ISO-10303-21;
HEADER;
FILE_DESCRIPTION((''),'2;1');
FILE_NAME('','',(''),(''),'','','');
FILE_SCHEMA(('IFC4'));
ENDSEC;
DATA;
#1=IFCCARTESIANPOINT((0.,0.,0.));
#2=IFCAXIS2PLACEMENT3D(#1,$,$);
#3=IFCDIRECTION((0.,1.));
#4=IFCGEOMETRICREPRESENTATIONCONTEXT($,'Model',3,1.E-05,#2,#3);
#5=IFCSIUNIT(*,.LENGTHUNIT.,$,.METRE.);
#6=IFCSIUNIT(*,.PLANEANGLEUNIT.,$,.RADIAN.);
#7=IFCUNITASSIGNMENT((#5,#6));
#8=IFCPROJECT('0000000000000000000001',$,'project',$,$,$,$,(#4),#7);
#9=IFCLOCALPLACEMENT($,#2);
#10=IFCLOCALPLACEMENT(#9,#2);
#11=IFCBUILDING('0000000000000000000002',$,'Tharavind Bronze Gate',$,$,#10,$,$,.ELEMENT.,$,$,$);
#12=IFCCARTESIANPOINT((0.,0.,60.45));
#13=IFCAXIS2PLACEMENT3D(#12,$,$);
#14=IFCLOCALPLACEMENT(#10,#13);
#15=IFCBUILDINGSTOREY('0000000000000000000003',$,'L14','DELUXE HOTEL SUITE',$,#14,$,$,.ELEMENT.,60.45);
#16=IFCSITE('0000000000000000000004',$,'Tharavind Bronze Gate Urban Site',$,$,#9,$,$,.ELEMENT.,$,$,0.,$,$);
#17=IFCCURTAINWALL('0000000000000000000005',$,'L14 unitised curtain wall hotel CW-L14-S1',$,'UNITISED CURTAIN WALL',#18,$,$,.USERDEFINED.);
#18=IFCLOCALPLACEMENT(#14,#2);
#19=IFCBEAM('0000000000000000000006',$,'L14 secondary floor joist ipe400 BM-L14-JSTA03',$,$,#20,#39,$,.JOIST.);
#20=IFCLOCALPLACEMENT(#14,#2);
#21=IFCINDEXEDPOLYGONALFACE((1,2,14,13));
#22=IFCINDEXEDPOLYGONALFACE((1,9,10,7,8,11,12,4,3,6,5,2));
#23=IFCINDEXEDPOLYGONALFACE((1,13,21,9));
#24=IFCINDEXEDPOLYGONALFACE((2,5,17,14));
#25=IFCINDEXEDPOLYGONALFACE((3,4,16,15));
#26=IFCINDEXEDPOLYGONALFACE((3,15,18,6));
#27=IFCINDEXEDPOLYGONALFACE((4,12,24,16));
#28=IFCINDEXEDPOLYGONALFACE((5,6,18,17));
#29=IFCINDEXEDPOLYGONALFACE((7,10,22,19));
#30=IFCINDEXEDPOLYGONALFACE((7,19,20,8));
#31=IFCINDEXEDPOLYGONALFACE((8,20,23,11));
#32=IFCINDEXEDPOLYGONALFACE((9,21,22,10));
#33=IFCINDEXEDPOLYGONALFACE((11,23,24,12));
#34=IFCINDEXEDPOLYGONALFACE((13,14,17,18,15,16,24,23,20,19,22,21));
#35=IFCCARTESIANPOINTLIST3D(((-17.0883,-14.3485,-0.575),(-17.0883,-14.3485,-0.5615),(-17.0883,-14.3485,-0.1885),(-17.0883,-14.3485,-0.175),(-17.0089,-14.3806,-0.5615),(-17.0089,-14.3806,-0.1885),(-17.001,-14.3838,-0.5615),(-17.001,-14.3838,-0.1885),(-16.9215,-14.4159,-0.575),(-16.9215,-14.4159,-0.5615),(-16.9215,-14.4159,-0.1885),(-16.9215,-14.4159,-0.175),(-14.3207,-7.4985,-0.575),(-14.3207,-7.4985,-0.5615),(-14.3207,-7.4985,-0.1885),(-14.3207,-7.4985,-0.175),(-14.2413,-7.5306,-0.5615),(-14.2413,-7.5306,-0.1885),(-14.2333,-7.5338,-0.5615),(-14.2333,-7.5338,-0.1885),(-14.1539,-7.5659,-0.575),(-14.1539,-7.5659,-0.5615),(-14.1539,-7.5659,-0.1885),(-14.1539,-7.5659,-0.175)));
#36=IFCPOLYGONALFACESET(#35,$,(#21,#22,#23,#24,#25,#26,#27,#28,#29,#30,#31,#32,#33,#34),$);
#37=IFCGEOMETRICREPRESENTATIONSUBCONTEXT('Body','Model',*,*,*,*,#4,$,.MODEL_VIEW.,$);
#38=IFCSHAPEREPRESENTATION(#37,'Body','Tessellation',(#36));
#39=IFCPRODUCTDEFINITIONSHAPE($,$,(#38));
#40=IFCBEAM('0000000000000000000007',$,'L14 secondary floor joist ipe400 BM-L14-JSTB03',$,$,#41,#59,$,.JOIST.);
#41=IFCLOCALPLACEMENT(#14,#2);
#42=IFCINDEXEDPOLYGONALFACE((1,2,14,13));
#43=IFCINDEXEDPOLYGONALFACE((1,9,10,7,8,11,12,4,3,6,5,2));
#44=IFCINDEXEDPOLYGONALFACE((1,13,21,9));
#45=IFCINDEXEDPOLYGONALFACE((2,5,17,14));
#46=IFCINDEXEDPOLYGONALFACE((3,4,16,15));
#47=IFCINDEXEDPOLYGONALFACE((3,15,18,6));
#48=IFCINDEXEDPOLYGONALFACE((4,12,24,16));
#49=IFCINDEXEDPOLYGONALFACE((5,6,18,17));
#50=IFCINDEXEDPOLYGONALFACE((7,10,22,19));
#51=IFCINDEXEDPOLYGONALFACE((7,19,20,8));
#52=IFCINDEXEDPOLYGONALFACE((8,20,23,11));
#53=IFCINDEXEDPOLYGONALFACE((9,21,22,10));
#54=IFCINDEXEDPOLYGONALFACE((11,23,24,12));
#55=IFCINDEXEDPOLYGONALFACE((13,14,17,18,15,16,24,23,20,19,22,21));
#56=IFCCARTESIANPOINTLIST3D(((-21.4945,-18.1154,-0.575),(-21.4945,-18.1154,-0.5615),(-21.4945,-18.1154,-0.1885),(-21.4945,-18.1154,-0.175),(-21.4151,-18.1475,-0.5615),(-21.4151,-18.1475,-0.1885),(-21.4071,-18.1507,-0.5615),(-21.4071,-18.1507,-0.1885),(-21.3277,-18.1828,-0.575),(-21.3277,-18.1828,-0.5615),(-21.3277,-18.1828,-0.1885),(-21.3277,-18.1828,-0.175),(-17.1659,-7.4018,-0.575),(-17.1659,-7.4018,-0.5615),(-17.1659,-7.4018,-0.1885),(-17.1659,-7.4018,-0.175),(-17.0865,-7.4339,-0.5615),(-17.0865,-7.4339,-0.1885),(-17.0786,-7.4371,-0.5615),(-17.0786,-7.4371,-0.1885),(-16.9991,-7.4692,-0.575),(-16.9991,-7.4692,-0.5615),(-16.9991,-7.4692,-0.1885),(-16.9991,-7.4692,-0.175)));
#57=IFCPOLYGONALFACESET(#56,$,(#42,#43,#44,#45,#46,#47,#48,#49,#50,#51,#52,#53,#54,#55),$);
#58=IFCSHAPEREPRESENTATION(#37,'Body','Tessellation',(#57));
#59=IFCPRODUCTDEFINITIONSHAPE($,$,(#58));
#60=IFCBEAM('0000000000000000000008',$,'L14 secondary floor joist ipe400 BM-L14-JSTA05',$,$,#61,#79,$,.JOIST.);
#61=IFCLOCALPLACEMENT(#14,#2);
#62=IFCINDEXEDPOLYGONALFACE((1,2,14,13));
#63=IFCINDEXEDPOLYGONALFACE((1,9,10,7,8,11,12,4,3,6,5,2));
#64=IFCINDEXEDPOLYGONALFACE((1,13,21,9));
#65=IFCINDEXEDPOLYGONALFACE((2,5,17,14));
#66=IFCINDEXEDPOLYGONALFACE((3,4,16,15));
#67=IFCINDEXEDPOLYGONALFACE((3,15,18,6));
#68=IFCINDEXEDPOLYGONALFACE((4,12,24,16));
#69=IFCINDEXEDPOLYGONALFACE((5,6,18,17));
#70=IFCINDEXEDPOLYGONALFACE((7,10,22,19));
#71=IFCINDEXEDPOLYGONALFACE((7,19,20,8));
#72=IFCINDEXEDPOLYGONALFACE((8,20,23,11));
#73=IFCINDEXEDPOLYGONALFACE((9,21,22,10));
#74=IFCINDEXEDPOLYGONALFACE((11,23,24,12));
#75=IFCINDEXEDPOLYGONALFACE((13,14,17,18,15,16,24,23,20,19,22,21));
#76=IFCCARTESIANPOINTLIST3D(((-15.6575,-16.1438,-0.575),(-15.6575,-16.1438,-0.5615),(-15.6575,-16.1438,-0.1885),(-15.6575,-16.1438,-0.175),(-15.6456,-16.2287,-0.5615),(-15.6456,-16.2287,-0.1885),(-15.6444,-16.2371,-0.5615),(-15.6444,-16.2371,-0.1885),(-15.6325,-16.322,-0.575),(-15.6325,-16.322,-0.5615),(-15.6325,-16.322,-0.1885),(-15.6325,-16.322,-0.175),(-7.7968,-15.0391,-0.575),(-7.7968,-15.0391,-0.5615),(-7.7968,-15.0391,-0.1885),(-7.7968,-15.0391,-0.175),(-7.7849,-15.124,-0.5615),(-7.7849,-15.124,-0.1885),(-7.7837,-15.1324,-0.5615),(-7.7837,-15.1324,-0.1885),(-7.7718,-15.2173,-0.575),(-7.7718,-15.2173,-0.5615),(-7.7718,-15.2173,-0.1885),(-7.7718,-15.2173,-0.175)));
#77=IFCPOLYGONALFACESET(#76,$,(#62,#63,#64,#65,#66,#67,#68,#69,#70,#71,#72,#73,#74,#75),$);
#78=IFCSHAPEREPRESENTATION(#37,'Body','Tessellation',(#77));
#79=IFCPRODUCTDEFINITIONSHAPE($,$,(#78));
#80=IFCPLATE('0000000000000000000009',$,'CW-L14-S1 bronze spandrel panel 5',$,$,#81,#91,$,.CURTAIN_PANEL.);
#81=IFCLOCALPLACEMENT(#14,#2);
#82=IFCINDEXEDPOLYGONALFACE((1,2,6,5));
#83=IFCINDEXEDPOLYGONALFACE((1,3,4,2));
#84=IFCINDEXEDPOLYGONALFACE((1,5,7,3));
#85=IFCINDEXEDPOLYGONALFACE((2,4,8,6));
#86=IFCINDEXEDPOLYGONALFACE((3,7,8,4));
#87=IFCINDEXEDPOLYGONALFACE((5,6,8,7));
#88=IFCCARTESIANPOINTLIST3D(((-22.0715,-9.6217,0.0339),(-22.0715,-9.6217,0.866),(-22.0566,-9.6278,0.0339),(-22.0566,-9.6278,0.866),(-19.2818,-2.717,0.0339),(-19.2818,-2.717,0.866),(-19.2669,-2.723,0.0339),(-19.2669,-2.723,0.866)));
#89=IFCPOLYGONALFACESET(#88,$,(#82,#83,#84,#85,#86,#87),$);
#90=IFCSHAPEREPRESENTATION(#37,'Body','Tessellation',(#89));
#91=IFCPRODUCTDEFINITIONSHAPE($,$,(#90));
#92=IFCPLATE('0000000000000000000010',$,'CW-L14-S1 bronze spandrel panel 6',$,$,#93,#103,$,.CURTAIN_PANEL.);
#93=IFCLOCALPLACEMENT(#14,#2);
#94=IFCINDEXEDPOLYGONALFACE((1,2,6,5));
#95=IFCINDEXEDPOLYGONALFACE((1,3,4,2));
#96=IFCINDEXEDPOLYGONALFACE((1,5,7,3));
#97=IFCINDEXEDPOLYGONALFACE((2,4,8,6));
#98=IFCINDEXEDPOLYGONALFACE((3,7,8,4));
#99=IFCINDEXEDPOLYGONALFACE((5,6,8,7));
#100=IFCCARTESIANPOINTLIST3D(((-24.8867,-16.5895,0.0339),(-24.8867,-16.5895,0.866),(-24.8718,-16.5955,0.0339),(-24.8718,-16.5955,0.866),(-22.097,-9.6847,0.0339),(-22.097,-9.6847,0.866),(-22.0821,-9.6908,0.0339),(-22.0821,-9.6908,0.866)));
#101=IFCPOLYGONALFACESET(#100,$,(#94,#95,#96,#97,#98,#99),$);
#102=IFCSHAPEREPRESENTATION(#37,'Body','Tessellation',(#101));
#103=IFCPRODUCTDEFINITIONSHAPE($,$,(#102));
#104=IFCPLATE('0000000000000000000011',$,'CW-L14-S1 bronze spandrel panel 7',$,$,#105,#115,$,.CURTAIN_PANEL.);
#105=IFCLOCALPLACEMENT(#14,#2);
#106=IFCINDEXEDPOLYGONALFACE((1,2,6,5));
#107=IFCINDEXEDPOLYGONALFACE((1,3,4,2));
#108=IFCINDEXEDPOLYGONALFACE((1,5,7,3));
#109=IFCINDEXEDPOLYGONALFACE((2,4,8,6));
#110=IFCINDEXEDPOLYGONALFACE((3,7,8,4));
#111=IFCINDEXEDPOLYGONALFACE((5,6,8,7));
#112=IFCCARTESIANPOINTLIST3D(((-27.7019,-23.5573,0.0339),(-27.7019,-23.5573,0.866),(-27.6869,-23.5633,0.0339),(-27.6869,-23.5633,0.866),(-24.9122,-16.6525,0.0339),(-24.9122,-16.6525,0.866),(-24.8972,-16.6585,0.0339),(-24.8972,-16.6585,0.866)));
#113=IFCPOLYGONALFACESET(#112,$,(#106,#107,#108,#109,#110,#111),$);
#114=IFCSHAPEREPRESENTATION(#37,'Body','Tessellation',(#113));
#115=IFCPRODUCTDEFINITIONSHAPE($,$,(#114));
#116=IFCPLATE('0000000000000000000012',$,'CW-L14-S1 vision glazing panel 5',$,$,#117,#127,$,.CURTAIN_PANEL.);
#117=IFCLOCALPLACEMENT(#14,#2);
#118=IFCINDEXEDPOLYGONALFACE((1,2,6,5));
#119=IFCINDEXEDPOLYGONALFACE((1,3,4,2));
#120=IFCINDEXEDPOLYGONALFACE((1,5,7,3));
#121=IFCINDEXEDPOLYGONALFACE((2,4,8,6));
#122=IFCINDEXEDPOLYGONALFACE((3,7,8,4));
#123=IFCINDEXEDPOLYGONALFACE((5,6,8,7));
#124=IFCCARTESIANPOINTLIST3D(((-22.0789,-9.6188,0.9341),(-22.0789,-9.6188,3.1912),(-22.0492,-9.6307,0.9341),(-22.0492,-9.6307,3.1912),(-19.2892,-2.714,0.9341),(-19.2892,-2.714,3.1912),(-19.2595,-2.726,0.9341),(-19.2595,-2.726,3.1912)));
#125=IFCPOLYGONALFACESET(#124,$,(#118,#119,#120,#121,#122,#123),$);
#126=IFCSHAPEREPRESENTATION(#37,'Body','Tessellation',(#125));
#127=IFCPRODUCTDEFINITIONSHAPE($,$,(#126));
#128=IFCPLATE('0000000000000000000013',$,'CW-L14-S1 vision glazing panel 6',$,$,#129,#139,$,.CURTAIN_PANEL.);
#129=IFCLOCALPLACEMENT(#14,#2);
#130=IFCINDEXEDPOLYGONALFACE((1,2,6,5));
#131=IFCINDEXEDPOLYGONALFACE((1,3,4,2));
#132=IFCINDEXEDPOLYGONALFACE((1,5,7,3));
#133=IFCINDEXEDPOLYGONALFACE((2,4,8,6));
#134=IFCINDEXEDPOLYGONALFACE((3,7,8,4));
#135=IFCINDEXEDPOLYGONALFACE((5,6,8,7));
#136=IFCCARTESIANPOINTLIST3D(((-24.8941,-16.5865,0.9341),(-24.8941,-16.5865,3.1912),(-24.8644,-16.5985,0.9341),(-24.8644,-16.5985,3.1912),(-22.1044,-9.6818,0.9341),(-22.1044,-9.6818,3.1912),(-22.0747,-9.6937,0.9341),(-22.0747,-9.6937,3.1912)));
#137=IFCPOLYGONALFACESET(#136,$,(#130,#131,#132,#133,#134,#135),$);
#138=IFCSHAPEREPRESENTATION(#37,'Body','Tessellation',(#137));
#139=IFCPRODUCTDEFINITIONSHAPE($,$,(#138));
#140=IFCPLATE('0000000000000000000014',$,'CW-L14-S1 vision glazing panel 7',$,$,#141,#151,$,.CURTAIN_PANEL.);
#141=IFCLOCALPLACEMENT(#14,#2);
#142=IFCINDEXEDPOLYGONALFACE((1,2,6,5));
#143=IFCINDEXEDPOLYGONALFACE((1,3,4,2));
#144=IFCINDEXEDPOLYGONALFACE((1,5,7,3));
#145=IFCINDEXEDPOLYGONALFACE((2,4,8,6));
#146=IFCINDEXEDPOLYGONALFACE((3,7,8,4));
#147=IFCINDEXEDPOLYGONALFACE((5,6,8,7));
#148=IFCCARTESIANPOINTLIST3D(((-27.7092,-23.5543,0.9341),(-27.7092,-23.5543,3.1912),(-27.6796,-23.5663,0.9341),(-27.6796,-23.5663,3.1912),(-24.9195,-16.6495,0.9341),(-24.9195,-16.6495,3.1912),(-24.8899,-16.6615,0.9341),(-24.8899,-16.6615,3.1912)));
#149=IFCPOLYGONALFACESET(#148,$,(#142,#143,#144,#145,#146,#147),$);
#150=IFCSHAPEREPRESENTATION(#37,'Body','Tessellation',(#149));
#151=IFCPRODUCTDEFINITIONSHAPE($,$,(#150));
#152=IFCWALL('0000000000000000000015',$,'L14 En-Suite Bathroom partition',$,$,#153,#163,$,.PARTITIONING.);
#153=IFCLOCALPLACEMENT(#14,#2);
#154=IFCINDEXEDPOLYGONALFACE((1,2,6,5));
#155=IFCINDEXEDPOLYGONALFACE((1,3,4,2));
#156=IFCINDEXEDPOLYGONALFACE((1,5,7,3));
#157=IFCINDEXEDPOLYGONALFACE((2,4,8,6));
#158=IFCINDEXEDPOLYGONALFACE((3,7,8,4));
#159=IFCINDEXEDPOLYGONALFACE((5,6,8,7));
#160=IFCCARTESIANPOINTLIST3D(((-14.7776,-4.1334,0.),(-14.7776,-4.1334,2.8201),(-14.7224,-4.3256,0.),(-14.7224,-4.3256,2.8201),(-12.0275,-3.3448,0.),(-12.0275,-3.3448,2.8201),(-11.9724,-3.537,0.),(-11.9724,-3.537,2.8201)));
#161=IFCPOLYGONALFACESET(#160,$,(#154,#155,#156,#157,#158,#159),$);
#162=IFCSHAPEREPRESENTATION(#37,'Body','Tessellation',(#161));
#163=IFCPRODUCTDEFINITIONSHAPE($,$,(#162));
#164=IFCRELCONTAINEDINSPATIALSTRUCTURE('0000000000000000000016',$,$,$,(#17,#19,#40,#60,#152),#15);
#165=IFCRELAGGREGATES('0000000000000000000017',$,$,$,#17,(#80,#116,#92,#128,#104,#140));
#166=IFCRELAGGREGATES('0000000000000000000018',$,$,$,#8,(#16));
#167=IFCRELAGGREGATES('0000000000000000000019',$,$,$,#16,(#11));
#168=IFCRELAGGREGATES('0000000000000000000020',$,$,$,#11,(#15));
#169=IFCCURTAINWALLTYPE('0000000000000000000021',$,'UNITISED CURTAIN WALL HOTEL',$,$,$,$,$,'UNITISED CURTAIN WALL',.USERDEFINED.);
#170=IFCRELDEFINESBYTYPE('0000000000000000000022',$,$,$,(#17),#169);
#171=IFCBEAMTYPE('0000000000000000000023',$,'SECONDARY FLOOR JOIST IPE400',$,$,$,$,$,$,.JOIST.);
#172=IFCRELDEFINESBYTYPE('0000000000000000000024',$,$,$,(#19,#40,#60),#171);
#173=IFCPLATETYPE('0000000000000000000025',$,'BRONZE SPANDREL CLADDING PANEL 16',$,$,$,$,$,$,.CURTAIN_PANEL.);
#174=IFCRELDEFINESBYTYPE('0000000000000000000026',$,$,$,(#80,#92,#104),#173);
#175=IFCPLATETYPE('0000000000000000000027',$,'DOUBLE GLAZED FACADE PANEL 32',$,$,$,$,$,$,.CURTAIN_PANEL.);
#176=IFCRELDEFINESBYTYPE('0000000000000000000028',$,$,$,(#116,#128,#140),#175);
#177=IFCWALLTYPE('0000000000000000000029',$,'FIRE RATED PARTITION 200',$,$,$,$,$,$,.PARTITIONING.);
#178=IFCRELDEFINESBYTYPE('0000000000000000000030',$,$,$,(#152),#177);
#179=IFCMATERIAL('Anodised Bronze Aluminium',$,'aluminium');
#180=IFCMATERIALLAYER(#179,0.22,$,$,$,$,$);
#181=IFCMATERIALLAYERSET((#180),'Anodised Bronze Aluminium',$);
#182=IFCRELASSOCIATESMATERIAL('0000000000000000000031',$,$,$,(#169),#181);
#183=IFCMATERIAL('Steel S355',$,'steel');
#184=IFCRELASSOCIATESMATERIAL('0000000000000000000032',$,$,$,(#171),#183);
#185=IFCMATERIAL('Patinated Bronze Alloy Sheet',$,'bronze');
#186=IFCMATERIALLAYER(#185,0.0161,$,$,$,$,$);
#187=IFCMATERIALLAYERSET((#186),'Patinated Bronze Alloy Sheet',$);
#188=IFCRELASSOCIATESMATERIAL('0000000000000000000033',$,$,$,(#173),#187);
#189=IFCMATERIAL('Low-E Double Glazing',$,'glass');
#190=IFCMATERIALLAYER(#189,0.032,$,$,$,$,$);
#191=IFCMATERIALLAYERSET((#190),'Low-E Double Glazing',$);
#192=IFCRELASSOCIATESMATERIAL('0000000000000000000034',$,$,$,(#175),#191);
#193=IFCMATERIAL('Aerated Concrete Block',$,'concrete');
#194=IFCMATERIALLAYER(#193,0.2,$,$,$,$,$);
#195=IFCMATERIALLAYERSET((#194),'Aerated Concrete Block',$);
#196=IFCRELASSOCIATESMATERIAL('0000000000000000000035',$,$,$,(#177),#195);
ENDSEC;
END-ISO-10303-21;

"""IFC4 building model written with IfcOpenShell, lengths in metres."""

from ifc_helpers import new_model, si_unit, direction, frame, frame_2d, origin, origin_2d, place, context, subcontext, project, spatial, rectangle, i_section, extrude, material, layer, layer_set, material_profile, profile_set, type_object, element, aggregate, save


model = new_model("IFC4")

# Units and contexts
model_context = context("Model", 3, precision=1e-05, world=origin(), true_north=direction((0.0, 1.0)))
body_context = subcontext(model_context, "Body", "Model", "MODEL_VIEW")
ifc_project = project(units=[si_unit("LENGTHUNIT", "METRE"), si_unit("PLANEANGLEUNIT", "RADIAN")], contexts=[model_context])

# Site, building, storey
site_placement = place(None, origin())
site = spatial("IfcSite", under=ifc_project, at=site_placement, Name="Tharavind Bronze Gate Urban Site", CompositionType="ELEMENT", RefElevation=0.0)
building_placement = place(site_placement, origin())
building = spatial("IfcBuilding", under=site, at=building_placement, Name="Tharavind Bronze Gate", CompositionType="ELEMENT")
storey_placement = place(building_placement, frame((0.0, 0.0, 60.45)))
storey = spatial("IfcBuildingStorey", under=building, at=storey_placement, Name="L14", Description="DELUXE HOTEL SUITE", CompositionType="ELEMENT", Elevation=60.45)

# Curtain wall
ifc_material_1 = material(Name="Anodised Bronze Aluminium", Category="aluminium")
ifc_layer_1 = layer(ifc_material_1, 0.22)
ifc_layer_set_1 = layer_set([ifc_layer_1], Name="Anodised Bronze Aluminium")
curtain_wall_type = type_object("IfcCurtainWallType", Name="UNITISED CURTAIN WALL HOTEL", ElementType="UNITISED CURTAIN WALL", PredefinedType="USERDEFINED", material=ifc_layer_set_1)
curtain_wall_placement = place(storey_placement, origin())
curtain_wall = element("IfcCurtainWall", 1, at=curtain_wall_placement, inside=storey, type_object=curtain_wall_type, Name="L14 unitised curtain wall hotel CW-L14-S1", ObjectType="UNITISED CURTAIN WALL", PredefinedType="USERDEFINED")

# Beams
ifc_material_2 = material(Name="Steel S355", Category="steel")
ifc_material_profile_1 = material_profile(ifc_material_2, i_section(OverallWidth=0.1799, OverallDepth=0.3999, WebThickness=0.0085, FlangeThickness=0.0134, at=origin_2d()), Name="IPE400")
ifc_profile_set_1 = profile_set([ifc_material_profile_1], Name="Steel S355")
beam_type_1 = type_object("IfcBeamType", Name="SECONDARY FLOOR JOIST IPE400", PredefinedType="JOIST", material=ifc_profile_set_1)
beam_1_placement = place(storey_placement, frame((-14.2373, -7.5322, -0.375), z_axis=(-0.374613, -0.927181, 0.0), x_axis=(0.927181, -0.374613, 0.0)))
element("IfcBeam", 2, at=beam_1_placement, inside=storey, type_object=beam_type_1, Name="L14 secondary floor joist ipe400 BM-L14-JSTA03", PredefinedType="JOIST", context=body_context, shape_type="SweptSolid", body=[
    extrude(i_section(OverallWidth=0.1799, OverallDepth=0.3999, WebThickness=0.0085, FlangeThickness=0.0134, at=origin_2d()), origin(), (0.0, 0.0, 1.0), 7.3879),
])
beam_2_placement = place(storey_placement, frame((-17.0825, -7.4355, -0.375), z_axis=(-0.374609, -0.927183, 0.0), x_axis=(0.927183, -0.374609, 0.0)))
element("IfcBeam", 3, at=beam_2_placement, inside=storey, type_object=beam_type_1, Name="L14 secondary floor joist ipe400 BM-L14-JSTB03", PredefinedType="JOIST", context=body_context, shape_type="SweptSolid", body=[
    extrude(i_section(OverallWidth=0.1799, OverallDepth=0.3999, WebThickness=0.0085, FlangeThickness=0.0134, at=origin_2d()), origin(), (0.0, 0.0, 1.0), 11.5549),
])
beam_3_placement = place(storey_placement, frame((-15.645, -16.2329, -0.375), z_axis=(0.990269, 0.139169, 0.0), x_axis=(-0.139169, 0.990269, 0.0)))
element("IfcBeam", 4, at=beam_3_placement, inside=storey, type_object=beam_type_1, Name="L14 secondary floor joist ipe400 BM-L14-JSTA05", PredefinedType="JOIST", context=body_context, shape_type="SweptSolid", body=[
    extrude(i_section(OverallWidth=0.1799, OverallDepth=0.3999, WebThickness=0.0085, FlangeThickness=0.0134, at=origin_2d()), origin(), (0.0, 0.0, 1.0), 7.938),
])

# Plates
ifc_material_3 = material(Name="Patinated Bronze Alloy Sheet", Category="bronze")
ifc_layer_2 = layer(ifc_material_3, 0.0161)
ifc_layer_set_2 = layer_set([ifc_layer_2], Name="Patinated Bronze Alloy Sheet")
plate_type_1 = type_object("IfcPlateType", Name="BRONZE SPANDREL CLADDING PANEL 16", PredefinedType="CURTAIN_PANEL", material=ifc_layer_set_2)
plate_1_placement = place(storey_placement, frame((-20.6692, -6.1724, 0.0339), z_axis=(0.0, 0.0, 1.0), x_axis=(-0.374607, -0.927184, 0.0)))
plate_1 = element("IfcPlate", 5, at=plate_1_placement, type_object=plate_type_1, Name="CW-L14-S1 bronze spandrel panel 5", PredefinedType="CURTAIN_PANEL", context=body_context, shape_type="SweptSolid", body=[
    extrude(rectangle(XDim=7.447, YDim=0.0161, at=origin_2d()), origin(), (0.0, 0.0, 1.0), 0.832),
])
plate_2_placement = place(storey_placement, frame((-23.4844, -13.1401, 0.0339), z_axis=(0.0, 0.0, 1.0), x_axis=(-0.374607, -0.927184, 0.0)))
plate_2 = element("IfcPlate", 6, at=plate_2_placement, type_object=plate_type_1, Name="CW-L14-S1 bronze spandrel panel 6", PredefinedType="CURTAIN_PANEL", context=body_context, shape_type="SweptSolid", body=[
    extrude(rectangle(XDim=7.447, YDim=0.0161, at=origin_2d()), origin(), (0.0, 0.0, 1.0), 0.832),
])
plate_3_placement = place(storey_placement, frame((-26.2996, -20.1079, 0.0339), z_axis=(0.0, 0.0, 1.0), x_axis=(-0.374607, -0.927184, 0.0)))
plate_3 = element("IfcPlate", 7, at=plate_3_placement, type_object=plate_type_1, Name="CW-L14-S1 bronze spandrel panel 7", PredefinedType="CURTAIN_PANEL", context=body_context, shape_type="SweptSolid", body=[
    extrude(rectangle(XDim=7.447, YDim=0.0161, at=origin_2d()), origin(), (0.0, 0.0, 1.0), 0.832),
])
ifc_material_4 = material(Name="Low-E Double Glazing", Category="glass")
ifc_layer_3 = layer(ifc_material_4, 0.032)
ifc_layer_set_3 = layer_set([ifc_layer_3], Name="Low-E Double Glazing")
plate_type_2 = type_object("IfcPlateType", Name="DOUBLE GLAZED FACADE PANEL 32", PredefinedType="CURTAIN_PANEL", material=ifc_layer_set_3)
plate_4_placement = place(storey_placement, frame((-20.6692, -6.1724, 0.9341), z_axis=(0.0, 0.0, 1.0), x_axis=(-0.374607, -0.927184, 0.0)))
plate_4 = element("IfcPlate", 8, at=plate_4_placement, type_object=plate_type_2, Name="CW-L14-S1 vision glazing panel 5", PredefinedType="CURTAIN_PANEL", context=body_context, shape_type="SweptSolid", body=[
    extrude(rectangle(XDim=7.447, YDim=0.032, at=origin_2d()), origin(), (0.0, 0.0, 1.0), 2.2571),
])
plate_5_placement = place(storey_placement, frame((-23.4844, -13.1401, 0.9341), z_axis=(0.0, 0.0, 1.0), x_axis=(-0.374607, -0.927184, 0.0)))
plate_5 = element("IfcPlate", 9, at=plate_5_placement, type_object=plate_type_2, Name="CW-L14-S1 vision glazing panel 6", PredefinedType="CURTAIN_PANEL", context=body_context, shape_type="SweptSolid", body=[
    extrude(rectangle(XDim=7.447, YDim=0.032, at=origin_2d()), origin(), (0.0, 0.0, 1.0), 2.2571),
])
plate_6_placement = place(storey_placement, frame((-26.2996, -20.1079, 0.9341), z_axis=(0.0, 0.0, 1.0), x_axis=(-0.374607, -0.927184, 0.0)))
plate_6 = element("IfcPlate", 10, at=plate_6_placement, type_object=plate_type_2, Name="CW-L14-S1 vision glazing panel 7", PredefinedType="CURTAIN_PANEL", context=body_context, shape_type="SweptSolid", body=[
    extrude(rectangle(XDim=7.447, YDim=0.032, at=origin_2d()), origin(), (0.0, 0.0, 1.0), 2.2571),
])
aggregate(curtain_wall, [plate_1, plate_4, plate_2, plate_5, plate_3, plate_6])

# Wall
ifc_material_5 = material(Name="Aerated Concrete Block", Category="concrete")
ifc_layer_4 = layer(ifc_material_5, 0.2)
ifc_layer_set_4 = layer_set([ifc_layer_4], Name="Aerated Concrete Block")
wall_type_1 = type_object("IfcWallType", Name="FIRE RATED PARTITION 200", PredefinedType="PARTITIONING", material=ifc_layer_set_4)
wall_1_placement = place(storey_placement, frame((-14.75, -4.2295, 0.0), z_axis=(0.0, 0.0, 1.0), x_axis=(0.961259, 0.275645, 0.0)))
element("IfcWall", 11, at=wall_1_placement, inside=storey, type_object=wall_type_1, Name="L14 En-Suite Bathroom partition", PredefinedType="PARTITIONING", context=body_context, shape_type="SweptSolid", body=[
    extrude(rectangle(XDim=2.8608, YDim=0.2, at=frame_2d((1.4304, 0.0))), origin(), (0.0, 0.0, 1.0), 2.8201),
])

save(model, "model.ifc")
